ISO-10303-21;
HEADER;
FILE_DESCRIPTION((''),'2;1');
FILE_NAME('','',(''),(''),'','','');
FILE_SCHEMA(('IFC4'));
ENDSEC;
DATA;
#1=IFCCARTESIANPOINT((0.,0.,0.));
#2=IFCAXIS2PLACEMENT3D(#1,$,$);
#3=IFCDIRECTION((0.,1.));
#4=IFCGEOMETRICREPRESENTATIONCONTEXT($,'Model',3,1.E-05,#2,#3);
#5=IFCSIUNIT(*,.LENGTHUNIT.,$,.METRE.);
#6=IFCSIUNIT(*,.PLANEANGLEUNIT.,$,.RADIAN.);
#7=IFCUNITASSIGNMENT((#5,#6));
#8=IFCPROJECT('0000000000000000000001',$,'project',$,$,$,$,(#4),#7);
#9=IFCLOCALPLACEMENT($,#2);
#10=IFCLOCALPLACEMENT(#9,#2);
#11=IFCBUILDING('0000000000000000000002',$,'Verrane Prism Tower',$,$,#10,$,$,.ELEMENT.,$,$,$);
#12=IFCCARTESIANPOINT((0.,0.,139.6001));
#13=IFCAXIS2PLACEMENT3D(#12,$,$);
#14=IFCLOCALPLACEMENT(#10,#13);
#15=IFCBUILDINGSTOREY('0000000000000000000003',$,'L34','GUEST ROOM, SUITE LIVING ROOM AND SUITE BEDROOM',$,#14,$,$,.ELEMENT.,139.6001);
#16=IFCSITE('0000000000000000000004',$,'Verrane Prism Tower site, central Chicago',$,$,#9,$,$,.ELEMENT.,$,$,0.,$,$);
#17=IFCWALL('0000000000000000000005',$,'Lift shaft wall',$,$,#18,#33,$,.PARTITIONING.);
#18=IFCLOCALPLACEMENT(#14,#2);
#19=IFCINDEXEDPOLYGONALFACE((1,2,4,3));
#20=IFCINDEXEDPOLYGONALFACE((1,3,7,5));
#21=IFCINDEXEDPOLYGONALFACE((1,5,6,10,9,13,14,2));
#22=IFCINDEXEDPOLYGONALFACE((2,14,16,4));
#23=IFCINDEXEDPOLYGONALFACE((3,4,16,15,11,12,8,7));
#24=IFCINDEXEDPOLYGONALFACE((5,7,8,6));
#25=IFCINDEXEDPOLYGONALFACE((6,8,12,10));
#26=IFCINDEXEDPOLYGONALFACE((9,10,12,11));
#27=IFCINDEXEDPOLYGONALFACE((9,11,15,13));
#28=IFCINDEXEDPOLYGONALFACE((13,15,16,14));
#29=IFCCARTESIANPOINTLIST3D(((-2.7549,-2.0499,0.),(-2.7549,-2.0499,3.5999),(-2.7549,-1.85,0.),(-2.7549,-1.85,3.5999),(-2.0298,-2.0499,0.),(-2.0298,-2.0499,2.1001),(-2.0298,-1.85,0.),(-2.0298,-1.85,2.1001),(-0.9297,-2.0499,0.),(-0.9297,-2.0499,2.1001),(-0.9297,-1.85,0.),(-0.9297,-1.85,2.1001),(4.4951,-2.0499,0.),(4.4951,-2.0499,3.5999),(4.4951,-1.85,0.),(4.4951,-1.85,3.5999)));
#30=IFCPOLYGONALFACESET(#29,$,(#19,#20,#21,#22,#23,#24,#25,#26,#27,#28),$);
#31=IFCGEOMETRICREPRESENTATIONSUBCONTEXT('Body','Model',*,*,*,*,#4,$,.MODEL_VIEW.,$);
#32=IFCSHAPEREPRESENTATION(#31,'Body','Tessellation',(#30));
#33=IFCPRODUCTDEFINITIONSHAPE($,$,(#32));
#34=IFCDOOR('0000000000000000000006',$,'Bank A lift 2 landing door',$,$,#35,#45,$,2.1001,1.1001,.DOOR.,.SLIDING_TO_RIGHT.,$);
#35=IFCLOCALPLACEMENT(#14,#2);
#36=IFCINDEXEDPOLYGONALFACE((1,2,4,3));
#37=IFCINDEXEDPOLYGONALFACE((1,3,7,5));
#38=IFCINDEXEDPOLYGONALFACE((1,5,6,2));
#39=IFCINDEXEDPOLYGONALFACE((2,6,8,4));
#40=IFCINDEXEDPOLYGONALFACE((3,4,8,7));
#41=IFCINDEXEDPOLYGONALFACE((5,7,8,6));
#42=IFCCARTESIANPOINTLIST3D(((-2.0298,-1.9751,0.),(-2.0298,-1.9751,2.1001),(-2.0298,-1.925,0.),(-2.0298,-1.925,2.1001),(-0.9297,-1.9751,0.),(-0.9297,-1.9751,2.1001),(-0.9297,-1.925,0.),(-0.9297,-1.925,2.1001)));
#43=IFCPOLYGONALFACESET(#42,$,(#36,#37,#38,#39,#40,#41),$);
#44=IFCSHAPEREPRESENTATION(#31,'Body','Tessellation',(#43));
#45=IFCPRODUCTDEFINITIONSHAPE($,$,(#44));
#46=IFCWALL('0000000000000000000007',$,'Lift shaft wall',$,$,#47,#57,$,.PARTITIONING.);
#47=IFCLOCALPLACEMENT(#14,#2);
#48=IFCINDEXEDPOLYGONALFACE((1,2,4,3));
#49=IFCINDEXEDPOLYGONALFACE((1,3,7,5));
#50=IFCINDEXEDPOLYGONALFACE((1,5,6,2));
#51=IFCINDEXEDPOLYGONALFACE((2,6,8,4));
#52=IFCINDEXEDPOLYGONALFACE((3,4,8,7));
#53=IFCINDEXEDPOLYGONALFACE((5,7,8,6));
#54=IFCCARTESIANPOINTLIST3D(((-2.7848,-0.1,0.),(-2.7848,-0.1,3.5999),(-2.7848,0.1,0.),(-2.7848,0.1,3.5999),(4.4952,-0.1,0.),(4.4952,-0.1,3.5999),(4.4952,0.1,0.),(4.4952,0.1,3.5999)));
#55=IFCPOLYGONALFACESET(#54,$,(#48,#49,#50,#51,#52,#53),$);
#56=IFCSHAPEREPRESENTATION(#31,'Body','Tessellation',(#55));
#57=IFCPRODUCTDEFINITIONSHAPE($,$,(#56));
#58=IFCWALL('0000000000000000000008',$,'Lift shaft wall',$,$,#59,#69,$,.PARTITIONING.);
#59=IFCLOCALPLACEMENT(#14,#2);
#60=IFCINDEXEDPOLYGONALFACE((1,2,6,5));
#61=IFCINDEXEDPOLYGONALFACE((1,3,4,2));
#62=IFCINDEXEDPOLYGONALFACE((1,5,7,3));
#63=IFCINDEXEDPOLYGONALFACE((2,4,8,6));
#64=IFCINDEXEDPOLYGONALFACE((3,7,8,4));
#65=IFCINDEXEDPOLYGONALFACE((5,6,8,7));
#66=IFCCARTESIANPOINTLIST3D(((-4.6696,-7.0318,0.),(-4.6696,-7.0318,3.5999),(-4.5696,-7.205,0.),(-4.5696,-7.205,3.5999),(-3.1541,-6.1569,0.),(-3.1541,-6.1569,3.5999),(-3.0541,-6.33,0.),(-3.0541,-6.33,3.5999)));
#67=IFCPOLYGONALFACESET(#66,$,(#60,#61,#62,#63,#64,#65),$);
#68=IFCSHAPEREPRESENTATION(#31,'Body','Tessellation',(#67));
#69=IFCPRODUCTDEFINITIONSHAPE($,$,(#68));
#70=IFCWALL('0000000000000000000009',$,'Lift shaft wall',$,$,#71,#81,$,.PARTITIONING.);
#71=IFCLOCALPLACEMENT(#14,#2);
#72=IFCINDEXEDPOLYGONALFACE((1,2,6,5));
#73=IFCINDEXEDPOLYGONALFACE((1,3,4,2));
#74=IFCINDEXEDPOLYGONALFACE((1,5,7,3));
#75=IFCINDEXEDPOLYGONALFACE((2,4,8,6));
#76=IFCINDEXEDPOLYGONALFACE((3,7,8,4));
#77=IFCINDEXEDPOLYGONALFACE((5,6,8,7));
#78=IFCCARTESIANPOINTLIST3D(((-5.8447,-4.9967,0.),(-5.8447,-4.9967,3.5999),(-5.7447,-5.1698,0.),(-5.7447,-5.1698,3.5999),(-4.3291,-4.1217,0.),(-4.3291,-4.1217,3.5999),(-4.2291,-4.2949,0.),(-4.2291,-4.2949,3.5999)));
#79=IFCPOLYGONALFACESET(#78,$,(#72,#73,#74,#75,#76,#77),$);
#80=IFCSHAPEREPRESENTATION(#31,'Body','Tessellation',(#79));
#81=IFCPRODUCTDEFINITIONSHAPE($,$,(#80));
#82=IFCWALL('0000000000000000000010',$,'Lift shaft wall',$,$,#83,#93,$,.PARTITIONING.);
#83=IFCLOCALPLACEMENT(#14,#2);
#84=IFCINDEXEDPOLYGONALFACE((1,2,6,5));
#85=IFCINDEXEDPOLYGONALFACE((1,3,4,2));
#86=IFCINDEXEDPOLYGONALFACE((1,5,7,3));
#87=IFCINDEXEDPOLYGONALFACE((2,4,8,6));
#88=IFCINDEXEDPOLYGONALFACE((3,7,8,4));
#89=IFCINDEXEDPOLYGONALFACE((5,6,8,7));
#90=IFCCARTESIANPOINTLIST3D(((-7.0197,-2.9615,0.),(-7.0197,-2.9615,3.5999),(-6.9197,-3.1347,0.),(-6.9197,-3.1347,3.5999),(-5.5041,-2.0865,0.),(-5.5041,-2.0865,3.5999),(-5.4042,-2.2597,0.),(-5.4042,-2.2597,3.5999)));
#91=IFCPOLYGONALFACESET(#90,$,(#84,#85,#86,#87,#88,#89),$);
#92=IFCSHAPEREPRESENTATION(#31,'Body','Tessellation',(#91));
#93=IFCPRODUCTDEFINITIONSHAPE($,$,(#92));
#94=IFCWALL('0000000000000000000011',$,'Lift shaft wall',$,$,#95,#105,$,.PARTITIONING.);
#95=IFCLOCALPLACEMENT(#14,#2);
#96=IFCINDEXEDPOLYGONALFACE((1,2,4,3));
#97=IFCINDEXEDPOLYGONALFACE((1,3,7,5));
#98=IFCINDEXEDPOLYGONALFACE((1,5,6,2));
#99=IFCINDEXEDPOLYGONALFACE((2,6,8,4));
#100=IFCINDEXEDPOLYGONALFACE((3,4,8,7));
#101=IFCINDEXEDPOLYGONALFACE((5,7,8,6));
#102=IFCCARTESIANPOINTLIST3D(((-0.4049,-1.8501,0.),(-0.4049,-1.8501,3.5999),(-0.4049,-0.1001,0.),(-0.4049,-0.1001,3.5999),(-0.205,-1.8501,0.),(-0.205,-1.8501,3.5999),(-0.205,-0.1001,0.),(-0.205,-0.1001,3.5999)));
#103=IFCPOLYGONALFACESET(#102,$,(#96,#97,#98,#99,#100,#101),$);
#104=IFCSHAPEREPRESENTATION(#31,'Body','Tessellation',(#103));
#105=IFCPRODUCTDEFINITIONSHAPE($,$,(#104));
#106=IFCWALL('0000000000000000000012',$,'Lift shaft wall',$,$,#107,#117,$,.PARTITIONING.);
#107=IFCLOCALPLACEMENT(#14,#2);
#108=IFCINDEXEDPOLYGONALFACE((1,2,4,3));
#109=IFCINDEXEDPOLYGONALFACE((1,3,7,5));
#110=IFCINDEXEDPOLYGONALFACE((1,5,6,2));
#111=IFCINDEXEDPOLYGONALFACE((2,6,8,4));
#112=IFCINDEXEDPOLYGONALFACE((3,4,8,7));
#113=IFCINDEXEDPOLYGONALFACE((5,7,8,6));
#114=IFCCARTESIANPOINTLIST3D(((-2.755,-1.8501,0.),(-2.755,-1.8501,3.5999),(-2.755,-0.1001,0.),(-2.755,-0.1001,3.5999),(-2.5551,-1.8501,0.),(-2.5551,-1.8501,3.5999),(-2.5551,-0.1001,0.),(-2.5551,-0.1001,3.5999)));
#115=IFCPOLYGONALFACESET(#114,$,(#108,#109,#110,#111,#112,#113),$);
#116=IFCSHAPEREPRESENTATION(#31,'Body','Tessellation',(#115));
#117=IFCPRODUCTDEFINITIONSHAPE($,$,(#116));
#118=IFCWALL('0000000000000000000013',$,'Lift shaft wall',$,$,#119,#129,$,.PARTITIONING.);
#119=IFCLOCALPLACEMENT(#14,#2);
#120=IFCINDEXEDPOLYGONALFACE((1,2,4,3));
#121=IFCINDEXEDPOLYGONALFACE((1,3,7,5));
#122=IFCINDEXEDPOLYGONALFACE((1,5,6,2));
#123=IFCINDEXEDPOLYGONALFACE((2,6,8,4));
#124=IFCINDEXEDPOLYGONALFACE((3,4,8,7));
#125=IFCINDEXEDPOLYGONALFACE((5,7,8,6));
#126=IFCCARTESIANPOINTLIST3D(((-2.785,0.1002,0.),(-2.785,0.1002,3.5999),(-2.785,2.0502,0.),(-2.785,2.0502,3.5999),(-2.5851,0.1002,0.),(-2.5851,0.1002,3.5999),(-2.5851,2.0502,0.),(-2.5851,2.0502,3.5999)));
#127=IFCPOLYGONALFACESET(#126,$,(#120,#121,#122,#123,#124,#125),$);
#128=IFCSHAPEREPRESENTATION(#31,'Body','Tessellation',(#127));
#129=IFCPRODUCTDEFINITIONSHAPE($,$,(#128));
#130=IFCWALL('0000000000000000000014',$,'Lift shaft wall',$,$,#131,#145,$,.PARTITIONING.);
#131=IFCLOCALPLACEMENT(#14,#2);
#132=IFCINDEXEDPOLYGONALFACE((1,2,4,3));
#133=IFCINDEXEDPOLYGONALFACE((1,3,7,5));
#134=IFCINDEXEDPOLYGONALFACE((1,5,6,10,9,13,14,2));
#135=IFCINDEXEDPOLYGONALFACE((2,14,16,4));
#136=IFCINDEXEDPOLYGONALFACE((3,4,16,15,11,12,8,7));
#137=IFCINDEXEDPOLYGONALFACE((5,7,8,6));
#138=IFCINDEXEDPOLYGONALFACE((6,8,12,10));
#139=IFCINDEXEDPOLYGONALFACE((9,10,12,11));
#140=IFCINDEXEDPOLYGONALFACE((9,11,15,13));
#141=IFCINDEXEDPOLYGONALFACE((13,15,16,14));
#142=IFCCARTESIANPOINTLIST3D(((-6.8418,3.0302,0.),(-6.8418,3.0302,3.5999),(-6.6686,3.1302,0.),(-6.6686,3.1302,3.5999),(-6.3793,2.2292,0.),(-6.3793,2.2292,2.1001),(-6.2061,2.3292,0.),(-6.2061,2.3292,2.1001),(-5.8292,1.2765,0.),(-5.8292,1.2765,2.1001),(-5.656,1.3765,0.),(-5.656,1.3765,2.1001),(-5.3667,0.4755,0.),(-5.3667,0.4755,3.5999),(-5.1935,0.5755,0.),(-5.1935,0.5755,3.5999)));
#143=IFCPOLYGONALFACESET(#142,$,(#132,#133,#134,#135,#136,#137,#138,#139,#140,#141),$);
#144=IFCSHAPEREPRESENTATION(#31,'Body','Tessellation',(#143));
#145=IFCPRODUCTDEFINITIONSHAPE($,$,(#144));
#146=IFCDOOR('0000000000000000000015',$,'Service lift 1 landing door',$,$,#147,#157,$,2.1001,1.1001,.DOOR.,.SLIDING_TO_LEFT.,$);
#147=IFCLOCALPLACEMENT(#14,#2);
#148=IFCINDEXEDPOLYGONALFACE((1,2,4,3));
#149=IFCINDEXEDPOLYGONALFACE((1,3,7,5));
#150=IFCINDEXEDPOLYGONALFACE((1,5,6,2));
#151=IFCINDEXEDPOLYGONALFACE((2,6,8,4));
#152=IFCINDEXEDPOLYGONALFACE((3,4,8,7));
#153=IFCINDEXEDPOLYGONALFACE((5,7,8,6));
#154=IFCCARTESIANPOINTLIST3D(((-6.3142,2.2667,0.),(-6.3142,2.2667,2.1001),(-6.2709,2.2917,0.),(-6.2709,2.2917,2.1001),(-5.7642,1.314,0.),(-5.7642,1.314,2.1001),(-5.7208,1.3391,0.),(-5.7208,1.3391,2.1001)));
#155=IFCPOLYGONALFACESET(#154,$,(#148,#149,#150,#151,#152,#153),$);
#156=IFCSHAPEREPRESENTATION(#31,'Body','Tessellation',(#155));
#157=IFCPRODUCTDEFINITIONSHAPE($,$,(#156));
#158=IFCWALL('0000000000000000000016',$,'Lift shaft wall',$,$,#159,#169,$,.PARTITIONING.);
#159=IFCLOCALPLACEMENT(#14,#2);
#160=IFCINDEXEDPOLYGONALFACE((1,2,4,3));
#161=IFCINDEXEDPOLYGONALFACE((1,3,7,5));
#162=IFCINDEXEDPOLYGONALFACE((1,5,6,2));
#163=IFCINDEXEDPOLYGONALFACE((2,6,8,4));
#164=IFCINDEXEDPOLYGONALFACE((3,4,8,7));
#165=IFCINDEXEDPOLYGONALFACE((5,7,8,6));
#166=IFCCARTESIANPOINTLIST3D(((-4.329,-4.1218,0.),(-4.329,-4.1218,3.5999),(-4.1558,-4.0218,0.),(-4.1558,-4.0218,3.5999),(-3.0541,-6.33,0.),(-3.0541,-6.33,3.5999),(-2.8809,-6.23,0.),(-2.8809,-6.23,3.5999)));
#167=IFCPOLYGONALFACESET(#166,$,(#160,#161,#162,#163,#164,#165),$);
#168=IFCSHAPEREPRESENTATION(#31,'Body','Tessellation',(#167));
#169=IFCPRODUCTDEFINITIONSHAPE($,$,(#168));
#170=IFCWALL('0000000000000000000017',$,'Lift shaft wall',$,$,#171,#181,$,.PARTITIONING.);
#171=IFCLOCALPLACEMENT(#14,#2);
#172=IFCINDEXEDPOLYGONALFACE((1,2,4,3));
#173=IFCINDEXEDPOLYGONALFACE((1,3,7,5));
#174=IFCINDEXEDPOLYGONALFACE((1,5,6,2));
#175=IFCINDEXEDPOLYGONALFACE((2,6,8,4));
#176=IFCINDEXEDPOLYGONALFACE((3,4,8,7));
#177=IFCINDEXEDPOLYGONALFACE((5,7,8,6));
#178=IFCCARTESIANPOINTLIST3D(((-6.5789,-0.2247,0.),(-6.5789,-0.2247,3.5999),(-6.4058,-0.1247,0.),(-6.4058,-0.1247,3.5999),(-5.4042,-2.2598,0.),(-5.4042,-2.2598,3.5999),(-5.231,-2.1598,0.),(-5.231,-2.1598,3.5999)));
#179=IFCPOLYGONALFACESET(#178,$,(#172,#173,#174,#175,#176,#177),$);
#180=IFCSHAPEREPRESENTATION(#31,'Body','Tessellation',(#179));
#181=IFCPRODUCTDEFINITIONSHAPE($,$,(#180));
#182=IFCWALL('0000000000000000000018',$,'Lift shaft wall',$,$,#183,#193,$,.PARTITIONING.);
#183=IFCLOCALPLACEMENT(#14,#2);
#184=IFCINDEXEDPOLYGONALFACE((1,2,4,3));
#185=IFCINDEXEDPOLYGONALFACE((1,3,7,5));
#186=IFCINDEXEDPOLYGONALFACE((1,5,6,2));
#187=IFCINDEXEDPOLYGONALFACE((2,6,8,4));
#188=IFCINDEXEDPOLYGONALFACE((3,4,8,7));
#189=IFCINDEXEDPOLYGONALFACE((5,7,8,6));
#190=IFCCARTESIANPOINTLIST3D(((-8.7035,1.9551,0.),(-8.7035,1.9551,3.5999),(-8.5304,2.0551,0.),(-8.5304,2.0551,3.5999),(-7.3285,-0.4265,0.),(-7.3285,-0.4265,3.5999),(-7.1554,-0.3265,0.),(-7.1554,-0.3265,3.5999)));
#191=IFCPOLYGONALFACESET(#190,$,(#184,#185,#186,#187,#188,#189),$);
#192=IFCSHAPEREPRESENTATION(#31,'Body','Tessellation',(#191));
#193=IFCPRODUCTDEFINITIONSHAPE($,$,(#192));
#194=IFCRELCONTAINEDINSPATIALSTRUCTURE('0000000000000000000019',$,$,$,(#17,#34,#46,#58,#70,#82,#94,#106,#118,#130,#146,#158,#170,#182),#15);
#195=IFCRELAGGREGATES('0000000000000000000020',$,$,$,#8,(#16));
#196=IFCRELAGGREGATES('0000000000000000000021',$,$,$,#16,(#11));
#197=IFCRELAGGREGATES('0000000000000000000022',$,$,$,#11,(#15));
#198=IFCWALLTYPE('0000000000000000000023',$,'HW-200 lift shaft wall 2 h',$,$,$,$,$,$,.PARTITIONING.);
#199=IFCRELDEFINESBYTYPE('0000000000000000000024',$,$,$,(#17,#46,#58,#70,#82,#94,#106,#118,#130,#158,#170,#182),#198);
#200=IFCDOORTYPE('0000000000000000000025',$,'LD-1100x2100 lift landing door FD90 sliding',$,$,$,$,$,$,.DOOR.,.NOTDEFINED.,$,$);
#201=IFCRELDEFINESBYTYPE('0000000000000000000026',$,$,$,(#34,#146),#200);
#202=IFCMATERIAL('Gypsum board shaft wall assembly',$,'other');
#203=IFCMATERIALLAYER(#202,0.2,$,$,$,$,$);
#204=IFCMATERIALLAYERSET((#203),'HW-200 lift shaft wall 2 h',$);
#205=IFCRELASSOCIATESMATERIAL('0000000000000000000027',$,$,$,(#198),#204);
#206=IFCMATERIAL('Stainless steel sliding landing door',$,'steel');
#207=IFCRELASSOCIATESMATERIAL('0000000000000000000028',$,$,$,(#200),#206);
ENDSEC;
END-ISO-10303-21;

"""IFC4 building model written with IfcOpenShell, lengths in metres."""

from ifc_helpers import new_model, si_unit, direction, frame, frame_2d, origin, place, context, subcontext, project, spatial, rectangle, extrude, material, layer, layer_set, type_object, element, fill, save


model = new_model("IFC4")

# Units and contexts
model_context = context("Model", 3, precision=1e-05, world=origin(), true_north=direction((0.0, 1.0)))
body_context = subcontext(model_context, "Body", "Model", "MODEL_VIEW")
ifc_project = project(units=[si_unit("LENGTHUNIT", "METRE"), si_unit("PLANEANGLEUNIT", "RADIAN")], contexts=[model_context])

# Site, building, storey
site_placement = place(None, origin())
site = spatial("IfcSite", under=ifc_project, at=site_placement, Name="Verrane Prism Tower site, central Chicago", CompositionType="ELEMENT", RefElevation=0.0)
building_placement = place(site_placement, origin())
building = spatial("IfcBuilding", under=site, at=building_placement, Name="Verrane Prism Tower", CompositionType="ELEMENT")
storey_placement = place(building_placement, frame((0.0, 0.0, 139.6001)))
storey = spatial("IfcBuildingStorey", under=building, at=storey_placement, Name="L34", Description="GUEST ROOM, SUITE LIVING ROOM AND SUITE BEDROOM", CompositionType="ELEMENT", Elevation=139.6001)

# Wall, opening, door
ifc_material_1 = material(Name="Gypsum board shaft wall assembly", Category="other")
ifc_layer_1 = layer(ifc_material_1, 0.2)
ifc_layer_set_1 = layer_set([ifc_layer_1], Name="HW-200 lift shaft wall 2 h")
wall_type_1 = type_object("IfcWallType", Name="HW-200 lift shaft wall 2 h", PredefinedType="PARTITIONING", material=ifc_layer_set_1)
wall_1_placement = place(storey_placement, frame((-2.7549, -1.95, 0.0), z_axis=(0.0, 0.0, 1.0), x_axis=(1.0, 0.0, 0.0)))
wall_1 = element("IfcWall", 1, at=wall_1_placement, inside=storey, type_object=wall_type_1, Name="Lift shaft wall", PredefinedType="PARTITIONING", context=body_context, shape_type="SweptSolid", body=[
    extrude(rectangle(XDim=7.25, YDim=0.2, at=frame_2d((3.625, 0.0))), origin(), (0.0, 0.0, 1.0), 3.5999),
])
opening_1_placement = place(wall_1_placement, frame((0.7251, 0.0, 0.0)))
opening_1 = element("IfcOpeningElement", 2, at=opening_1_placement, cuts=wall_1, PredefinedType="OPENING", context=body_context, shape_type="SweptSolid", body=[
    extrude(rectangle(XDim=1.1001, YDim=2.1001, at=frame_2d((0.55, 1.05))), frame((0.0, 0.1099, 0.0), z_axis=(0.0, -1.0, 0.0), x_axis=(1.0, 0.0, 0.0)), (0.0, 0.0, 1.0), 0.22),
])
ifc_material_2 = material(Name="Stainless steel sliding landing door", Category="steel")
door_type = type_object("IfcDoorType", Name="LD-1100x2100 lift landing door FD90 sliding", OperationType="NOTDEFINED", PredefinedType="DOOR", material=ifc_material_2)
door_1_placement = place(opening_1_placement, origin())
door_1 = element("IfcDoor", 3, at=door_1_placement, inside=storey, type_object=door_type, Name="Bank A lift 2 landing door", OperationType="SLIDING_TO_RIGHT", OverallHeight=2.1001, OverallWidth=1.1001, PredefinedType="DOOR", context=body_context, shape_type="SweptSolid", body=[
    extrude(rectangle(XDim=1.1001, YDim=2.1001, at=frame_2d((0.55, 1.05))), frame((0.0, 0.0249, 0.0), z_axis=(0.0, -1.0, 0.0), x_axis=(1.0, 0.0, 0.0)), (0.0, 0.0, 1.0), 0.05),
])
fill(opening_1, door_1)

# Walls
wall_2_placement = place(storey_placement, frame((-2.7849, 0.0, 0.0), z_axis=(0.0, 0.0, 1.0), x_axis=(1.0, 0.0, 0.0)))
element("IfcWall", 4, at=wall_2_placement, inside=storey, type_object=wall_type_1, Name="Lift shaft wall", PredefinedType="PARTITIONING", context=body_context, shape_type="SweptSolid", body=[
    extrude(rectangle(XDim=7.28, YDim=0.2, at=frame_2d((3.6401, 0.0))), origin(), (0.0, 0.0, 1.0), 3.5999),
])
for number, where, z_axis, x_axis, name in (
    (5, (-4.6196, -7.1184, 0.0), (0.0, 0.0, 1.0), (0.866037, 0.49998, 0.0), "Lift shaft wall"),
    (6, (-5.7947, -5.0833, 0.0), (0.0, 0.0, 1.0), (0.866037, 0.49998, 0.0), "Lift shaft wall"),
    (7, (-6.9697, -3.0481, 0.0), (0.0, 0.0, 1.0), (0.866037, 0.49998, 0.0), "Lift shaft wall"),
    (8, (-0.3049, -1.8501, 0.0), (0.0, 0.0, 1.0), (0.0, 1.0, 0.0), "Lift shaft wall"),
    (9, (-2.655, -1.8501, 0.0), (0.0, 0.0, 1.0), (0.0, 1.0, 0.0), "Lift shaft wall"),
):
    element("IfcWall", number, at=place(storey_placement, frame(where, z_axis=z_axis, x_axis=x_axis)), inside=storey, type_object=wall_type_1, Name=name, PredefinedType="PARTITIONING", context=body_context, shape_type="SweptSolid", body=[
        extrude(rectangle(XDim=1.75, YDim=0.2, at=frame_2d((0.875, 0.0))), origin(), (0.0, 0.0, 1.0), 3.5999),
    ])
wall_3_placement = place(storey_placement, frame((-2.6851, 0.1001, 0.0), z_axis=(0.0, 0.0, 1.0), x_axis=(0.0, 1.0, 0.0)))
element("IfcWall", 10, at=wall_3_placement, inside=storey, type_object=wall_type_1, Name="Lift shaft wall", PredefinedType="PARTITIONING", context=body_context, shape_type="SweptSolid", body=[
    extrude(rectangle(XDim=1.95, YDim=0.2, at=frame_2d((0.9751, 0.0))), origin(), (0.0, 0.0, 1.0), 3.5999),
])

# Wall, opening, door
wall_4_placement = place(storey_placement, frame((-5.28, 0.5254, 0.0), z_axis=(0.0, 0.0, 1.0), x_axis=(-0.500038, 0.866004, 0.0)))
wall_4 = element("IfcWall", 11, at=wall_4_placement, inside=storey, type_object=wall_type_1, Name="Lift shaft wall", PredefinedType="PARTITIONING", context=body_context, shape_type="SweptSolid", body=[
    extrude(rectangle(XDim=2.95, YDim=0.2, at=frame_2d((1.4751, 0.0))), origin(), (0.0, 0.0, 1.0), 3.5999),
])
opening_2_placement = place(wall_4_placement, frame((0.925, 0.0, 0.0)))
opening_2 = element("IfcOpeningElement", 12, at=opening_2_placement, cuts=wall_4, PredefinedType="OPENING", context=body_context, shape_type="SweptSolid", body=[
    extrude(rectangle(XDim=1.1001, YDim=2.1001, at=frame_2d((0.55, 1.05))), frame((0.0, 0.1099, 0.0), z_axis=(0.0, -1.0, 0.0), x_axis=(1.0, 0.0, 0.0)), (0.0, 0.0, 1.0), 0.22),
])
door_2_placement = place(opening_2_placement, origin())
door_2 = element("IfcDoor", 13, at=door_2_placement, inside=storey, type_object=door_type, Name="Service lift 1 landing door", OperationType="SLIDING_TO_LEFT", OverallHeight=2.1001, OverallWidth=1.1001, PredefinedType="DOOR", context=body_context, shape_type="SweptSolid", body=[
    extrude(rectangle(XDim=1.1001, YDim=2.1001, at=frame_2d((0.55, 1.05))), frame((0.0, 0.0249, 0.0), z_axis=(0.0, -1.0, 0.0), x_axis=(1.0, 0.0, 0.0)), (0.0, 0.0, 1.0), 0.05),
])
fill(opening_2, door_2)

# Walls
wall_5_placement = place(storey_placement, frame((-2.9675, -6.28, 0.0), z_axis=(0.0, 0.0, 1.0), x_axis=(-0.49999, 0.866031, 0.0)))
element("IfcWall", 14, at=wall_5_placement, inside=storey, type_object=wall_type_1, Name="Lift shaft wall", PredefinedType="PARTITIONING", context=body_context, shape_type="SweptSolid", body=[
    extrude(rectangle(XDim=2.5498, YDim=0.2, at=frame_2d((1.2749, 0.0))), origin(), (0.0, 0.0, 1.0), 3.5999),
])
wall_6_placement = place(storey_placement, frame((-5.3176, -2.2097, 0.0), z_axis=(0.0, 0.0, 1.0), x_axis=(-0.499938, 0.866061, 0.0)))
element("IfcWall", 15, at=wall_6_placement, inside=storey, type_object=wall_type_1, Name="Lift shaft wall", PredefinedType="PARTITIONING", context=body_context, shape_type="SweptSolid", body=[
    extrude(rectangle(XDim=2.3499, YDim=0.2, at=frame_2d((1.1748, 0.0))), origin(), (0.0, 0.0, 1.0), 3.5999),
])
wall_7_placement = place(storey_placement, frame((-7.2419, -0.3765, 0.0), z_axis=(0.0, 0.0, 1.0), x_axis=(-0.499997, 0.866027, 0.0)))
element("IfcWall", 16, at=wall_7_placement, inside=storey, type_object=wall_type_1, Name="Lift shaft wall", PredefinedType="PARTITIONING", context=body_context, shape_type="SweptSolid", body=[
    extrude(rectangle(XDim=2.75, YDim=0.2, at=frame_2d((1.375, 0.0))), origin(), (0.0, 0.0, 1.0), 3.5999),
])

save(model, "model.ifc")
